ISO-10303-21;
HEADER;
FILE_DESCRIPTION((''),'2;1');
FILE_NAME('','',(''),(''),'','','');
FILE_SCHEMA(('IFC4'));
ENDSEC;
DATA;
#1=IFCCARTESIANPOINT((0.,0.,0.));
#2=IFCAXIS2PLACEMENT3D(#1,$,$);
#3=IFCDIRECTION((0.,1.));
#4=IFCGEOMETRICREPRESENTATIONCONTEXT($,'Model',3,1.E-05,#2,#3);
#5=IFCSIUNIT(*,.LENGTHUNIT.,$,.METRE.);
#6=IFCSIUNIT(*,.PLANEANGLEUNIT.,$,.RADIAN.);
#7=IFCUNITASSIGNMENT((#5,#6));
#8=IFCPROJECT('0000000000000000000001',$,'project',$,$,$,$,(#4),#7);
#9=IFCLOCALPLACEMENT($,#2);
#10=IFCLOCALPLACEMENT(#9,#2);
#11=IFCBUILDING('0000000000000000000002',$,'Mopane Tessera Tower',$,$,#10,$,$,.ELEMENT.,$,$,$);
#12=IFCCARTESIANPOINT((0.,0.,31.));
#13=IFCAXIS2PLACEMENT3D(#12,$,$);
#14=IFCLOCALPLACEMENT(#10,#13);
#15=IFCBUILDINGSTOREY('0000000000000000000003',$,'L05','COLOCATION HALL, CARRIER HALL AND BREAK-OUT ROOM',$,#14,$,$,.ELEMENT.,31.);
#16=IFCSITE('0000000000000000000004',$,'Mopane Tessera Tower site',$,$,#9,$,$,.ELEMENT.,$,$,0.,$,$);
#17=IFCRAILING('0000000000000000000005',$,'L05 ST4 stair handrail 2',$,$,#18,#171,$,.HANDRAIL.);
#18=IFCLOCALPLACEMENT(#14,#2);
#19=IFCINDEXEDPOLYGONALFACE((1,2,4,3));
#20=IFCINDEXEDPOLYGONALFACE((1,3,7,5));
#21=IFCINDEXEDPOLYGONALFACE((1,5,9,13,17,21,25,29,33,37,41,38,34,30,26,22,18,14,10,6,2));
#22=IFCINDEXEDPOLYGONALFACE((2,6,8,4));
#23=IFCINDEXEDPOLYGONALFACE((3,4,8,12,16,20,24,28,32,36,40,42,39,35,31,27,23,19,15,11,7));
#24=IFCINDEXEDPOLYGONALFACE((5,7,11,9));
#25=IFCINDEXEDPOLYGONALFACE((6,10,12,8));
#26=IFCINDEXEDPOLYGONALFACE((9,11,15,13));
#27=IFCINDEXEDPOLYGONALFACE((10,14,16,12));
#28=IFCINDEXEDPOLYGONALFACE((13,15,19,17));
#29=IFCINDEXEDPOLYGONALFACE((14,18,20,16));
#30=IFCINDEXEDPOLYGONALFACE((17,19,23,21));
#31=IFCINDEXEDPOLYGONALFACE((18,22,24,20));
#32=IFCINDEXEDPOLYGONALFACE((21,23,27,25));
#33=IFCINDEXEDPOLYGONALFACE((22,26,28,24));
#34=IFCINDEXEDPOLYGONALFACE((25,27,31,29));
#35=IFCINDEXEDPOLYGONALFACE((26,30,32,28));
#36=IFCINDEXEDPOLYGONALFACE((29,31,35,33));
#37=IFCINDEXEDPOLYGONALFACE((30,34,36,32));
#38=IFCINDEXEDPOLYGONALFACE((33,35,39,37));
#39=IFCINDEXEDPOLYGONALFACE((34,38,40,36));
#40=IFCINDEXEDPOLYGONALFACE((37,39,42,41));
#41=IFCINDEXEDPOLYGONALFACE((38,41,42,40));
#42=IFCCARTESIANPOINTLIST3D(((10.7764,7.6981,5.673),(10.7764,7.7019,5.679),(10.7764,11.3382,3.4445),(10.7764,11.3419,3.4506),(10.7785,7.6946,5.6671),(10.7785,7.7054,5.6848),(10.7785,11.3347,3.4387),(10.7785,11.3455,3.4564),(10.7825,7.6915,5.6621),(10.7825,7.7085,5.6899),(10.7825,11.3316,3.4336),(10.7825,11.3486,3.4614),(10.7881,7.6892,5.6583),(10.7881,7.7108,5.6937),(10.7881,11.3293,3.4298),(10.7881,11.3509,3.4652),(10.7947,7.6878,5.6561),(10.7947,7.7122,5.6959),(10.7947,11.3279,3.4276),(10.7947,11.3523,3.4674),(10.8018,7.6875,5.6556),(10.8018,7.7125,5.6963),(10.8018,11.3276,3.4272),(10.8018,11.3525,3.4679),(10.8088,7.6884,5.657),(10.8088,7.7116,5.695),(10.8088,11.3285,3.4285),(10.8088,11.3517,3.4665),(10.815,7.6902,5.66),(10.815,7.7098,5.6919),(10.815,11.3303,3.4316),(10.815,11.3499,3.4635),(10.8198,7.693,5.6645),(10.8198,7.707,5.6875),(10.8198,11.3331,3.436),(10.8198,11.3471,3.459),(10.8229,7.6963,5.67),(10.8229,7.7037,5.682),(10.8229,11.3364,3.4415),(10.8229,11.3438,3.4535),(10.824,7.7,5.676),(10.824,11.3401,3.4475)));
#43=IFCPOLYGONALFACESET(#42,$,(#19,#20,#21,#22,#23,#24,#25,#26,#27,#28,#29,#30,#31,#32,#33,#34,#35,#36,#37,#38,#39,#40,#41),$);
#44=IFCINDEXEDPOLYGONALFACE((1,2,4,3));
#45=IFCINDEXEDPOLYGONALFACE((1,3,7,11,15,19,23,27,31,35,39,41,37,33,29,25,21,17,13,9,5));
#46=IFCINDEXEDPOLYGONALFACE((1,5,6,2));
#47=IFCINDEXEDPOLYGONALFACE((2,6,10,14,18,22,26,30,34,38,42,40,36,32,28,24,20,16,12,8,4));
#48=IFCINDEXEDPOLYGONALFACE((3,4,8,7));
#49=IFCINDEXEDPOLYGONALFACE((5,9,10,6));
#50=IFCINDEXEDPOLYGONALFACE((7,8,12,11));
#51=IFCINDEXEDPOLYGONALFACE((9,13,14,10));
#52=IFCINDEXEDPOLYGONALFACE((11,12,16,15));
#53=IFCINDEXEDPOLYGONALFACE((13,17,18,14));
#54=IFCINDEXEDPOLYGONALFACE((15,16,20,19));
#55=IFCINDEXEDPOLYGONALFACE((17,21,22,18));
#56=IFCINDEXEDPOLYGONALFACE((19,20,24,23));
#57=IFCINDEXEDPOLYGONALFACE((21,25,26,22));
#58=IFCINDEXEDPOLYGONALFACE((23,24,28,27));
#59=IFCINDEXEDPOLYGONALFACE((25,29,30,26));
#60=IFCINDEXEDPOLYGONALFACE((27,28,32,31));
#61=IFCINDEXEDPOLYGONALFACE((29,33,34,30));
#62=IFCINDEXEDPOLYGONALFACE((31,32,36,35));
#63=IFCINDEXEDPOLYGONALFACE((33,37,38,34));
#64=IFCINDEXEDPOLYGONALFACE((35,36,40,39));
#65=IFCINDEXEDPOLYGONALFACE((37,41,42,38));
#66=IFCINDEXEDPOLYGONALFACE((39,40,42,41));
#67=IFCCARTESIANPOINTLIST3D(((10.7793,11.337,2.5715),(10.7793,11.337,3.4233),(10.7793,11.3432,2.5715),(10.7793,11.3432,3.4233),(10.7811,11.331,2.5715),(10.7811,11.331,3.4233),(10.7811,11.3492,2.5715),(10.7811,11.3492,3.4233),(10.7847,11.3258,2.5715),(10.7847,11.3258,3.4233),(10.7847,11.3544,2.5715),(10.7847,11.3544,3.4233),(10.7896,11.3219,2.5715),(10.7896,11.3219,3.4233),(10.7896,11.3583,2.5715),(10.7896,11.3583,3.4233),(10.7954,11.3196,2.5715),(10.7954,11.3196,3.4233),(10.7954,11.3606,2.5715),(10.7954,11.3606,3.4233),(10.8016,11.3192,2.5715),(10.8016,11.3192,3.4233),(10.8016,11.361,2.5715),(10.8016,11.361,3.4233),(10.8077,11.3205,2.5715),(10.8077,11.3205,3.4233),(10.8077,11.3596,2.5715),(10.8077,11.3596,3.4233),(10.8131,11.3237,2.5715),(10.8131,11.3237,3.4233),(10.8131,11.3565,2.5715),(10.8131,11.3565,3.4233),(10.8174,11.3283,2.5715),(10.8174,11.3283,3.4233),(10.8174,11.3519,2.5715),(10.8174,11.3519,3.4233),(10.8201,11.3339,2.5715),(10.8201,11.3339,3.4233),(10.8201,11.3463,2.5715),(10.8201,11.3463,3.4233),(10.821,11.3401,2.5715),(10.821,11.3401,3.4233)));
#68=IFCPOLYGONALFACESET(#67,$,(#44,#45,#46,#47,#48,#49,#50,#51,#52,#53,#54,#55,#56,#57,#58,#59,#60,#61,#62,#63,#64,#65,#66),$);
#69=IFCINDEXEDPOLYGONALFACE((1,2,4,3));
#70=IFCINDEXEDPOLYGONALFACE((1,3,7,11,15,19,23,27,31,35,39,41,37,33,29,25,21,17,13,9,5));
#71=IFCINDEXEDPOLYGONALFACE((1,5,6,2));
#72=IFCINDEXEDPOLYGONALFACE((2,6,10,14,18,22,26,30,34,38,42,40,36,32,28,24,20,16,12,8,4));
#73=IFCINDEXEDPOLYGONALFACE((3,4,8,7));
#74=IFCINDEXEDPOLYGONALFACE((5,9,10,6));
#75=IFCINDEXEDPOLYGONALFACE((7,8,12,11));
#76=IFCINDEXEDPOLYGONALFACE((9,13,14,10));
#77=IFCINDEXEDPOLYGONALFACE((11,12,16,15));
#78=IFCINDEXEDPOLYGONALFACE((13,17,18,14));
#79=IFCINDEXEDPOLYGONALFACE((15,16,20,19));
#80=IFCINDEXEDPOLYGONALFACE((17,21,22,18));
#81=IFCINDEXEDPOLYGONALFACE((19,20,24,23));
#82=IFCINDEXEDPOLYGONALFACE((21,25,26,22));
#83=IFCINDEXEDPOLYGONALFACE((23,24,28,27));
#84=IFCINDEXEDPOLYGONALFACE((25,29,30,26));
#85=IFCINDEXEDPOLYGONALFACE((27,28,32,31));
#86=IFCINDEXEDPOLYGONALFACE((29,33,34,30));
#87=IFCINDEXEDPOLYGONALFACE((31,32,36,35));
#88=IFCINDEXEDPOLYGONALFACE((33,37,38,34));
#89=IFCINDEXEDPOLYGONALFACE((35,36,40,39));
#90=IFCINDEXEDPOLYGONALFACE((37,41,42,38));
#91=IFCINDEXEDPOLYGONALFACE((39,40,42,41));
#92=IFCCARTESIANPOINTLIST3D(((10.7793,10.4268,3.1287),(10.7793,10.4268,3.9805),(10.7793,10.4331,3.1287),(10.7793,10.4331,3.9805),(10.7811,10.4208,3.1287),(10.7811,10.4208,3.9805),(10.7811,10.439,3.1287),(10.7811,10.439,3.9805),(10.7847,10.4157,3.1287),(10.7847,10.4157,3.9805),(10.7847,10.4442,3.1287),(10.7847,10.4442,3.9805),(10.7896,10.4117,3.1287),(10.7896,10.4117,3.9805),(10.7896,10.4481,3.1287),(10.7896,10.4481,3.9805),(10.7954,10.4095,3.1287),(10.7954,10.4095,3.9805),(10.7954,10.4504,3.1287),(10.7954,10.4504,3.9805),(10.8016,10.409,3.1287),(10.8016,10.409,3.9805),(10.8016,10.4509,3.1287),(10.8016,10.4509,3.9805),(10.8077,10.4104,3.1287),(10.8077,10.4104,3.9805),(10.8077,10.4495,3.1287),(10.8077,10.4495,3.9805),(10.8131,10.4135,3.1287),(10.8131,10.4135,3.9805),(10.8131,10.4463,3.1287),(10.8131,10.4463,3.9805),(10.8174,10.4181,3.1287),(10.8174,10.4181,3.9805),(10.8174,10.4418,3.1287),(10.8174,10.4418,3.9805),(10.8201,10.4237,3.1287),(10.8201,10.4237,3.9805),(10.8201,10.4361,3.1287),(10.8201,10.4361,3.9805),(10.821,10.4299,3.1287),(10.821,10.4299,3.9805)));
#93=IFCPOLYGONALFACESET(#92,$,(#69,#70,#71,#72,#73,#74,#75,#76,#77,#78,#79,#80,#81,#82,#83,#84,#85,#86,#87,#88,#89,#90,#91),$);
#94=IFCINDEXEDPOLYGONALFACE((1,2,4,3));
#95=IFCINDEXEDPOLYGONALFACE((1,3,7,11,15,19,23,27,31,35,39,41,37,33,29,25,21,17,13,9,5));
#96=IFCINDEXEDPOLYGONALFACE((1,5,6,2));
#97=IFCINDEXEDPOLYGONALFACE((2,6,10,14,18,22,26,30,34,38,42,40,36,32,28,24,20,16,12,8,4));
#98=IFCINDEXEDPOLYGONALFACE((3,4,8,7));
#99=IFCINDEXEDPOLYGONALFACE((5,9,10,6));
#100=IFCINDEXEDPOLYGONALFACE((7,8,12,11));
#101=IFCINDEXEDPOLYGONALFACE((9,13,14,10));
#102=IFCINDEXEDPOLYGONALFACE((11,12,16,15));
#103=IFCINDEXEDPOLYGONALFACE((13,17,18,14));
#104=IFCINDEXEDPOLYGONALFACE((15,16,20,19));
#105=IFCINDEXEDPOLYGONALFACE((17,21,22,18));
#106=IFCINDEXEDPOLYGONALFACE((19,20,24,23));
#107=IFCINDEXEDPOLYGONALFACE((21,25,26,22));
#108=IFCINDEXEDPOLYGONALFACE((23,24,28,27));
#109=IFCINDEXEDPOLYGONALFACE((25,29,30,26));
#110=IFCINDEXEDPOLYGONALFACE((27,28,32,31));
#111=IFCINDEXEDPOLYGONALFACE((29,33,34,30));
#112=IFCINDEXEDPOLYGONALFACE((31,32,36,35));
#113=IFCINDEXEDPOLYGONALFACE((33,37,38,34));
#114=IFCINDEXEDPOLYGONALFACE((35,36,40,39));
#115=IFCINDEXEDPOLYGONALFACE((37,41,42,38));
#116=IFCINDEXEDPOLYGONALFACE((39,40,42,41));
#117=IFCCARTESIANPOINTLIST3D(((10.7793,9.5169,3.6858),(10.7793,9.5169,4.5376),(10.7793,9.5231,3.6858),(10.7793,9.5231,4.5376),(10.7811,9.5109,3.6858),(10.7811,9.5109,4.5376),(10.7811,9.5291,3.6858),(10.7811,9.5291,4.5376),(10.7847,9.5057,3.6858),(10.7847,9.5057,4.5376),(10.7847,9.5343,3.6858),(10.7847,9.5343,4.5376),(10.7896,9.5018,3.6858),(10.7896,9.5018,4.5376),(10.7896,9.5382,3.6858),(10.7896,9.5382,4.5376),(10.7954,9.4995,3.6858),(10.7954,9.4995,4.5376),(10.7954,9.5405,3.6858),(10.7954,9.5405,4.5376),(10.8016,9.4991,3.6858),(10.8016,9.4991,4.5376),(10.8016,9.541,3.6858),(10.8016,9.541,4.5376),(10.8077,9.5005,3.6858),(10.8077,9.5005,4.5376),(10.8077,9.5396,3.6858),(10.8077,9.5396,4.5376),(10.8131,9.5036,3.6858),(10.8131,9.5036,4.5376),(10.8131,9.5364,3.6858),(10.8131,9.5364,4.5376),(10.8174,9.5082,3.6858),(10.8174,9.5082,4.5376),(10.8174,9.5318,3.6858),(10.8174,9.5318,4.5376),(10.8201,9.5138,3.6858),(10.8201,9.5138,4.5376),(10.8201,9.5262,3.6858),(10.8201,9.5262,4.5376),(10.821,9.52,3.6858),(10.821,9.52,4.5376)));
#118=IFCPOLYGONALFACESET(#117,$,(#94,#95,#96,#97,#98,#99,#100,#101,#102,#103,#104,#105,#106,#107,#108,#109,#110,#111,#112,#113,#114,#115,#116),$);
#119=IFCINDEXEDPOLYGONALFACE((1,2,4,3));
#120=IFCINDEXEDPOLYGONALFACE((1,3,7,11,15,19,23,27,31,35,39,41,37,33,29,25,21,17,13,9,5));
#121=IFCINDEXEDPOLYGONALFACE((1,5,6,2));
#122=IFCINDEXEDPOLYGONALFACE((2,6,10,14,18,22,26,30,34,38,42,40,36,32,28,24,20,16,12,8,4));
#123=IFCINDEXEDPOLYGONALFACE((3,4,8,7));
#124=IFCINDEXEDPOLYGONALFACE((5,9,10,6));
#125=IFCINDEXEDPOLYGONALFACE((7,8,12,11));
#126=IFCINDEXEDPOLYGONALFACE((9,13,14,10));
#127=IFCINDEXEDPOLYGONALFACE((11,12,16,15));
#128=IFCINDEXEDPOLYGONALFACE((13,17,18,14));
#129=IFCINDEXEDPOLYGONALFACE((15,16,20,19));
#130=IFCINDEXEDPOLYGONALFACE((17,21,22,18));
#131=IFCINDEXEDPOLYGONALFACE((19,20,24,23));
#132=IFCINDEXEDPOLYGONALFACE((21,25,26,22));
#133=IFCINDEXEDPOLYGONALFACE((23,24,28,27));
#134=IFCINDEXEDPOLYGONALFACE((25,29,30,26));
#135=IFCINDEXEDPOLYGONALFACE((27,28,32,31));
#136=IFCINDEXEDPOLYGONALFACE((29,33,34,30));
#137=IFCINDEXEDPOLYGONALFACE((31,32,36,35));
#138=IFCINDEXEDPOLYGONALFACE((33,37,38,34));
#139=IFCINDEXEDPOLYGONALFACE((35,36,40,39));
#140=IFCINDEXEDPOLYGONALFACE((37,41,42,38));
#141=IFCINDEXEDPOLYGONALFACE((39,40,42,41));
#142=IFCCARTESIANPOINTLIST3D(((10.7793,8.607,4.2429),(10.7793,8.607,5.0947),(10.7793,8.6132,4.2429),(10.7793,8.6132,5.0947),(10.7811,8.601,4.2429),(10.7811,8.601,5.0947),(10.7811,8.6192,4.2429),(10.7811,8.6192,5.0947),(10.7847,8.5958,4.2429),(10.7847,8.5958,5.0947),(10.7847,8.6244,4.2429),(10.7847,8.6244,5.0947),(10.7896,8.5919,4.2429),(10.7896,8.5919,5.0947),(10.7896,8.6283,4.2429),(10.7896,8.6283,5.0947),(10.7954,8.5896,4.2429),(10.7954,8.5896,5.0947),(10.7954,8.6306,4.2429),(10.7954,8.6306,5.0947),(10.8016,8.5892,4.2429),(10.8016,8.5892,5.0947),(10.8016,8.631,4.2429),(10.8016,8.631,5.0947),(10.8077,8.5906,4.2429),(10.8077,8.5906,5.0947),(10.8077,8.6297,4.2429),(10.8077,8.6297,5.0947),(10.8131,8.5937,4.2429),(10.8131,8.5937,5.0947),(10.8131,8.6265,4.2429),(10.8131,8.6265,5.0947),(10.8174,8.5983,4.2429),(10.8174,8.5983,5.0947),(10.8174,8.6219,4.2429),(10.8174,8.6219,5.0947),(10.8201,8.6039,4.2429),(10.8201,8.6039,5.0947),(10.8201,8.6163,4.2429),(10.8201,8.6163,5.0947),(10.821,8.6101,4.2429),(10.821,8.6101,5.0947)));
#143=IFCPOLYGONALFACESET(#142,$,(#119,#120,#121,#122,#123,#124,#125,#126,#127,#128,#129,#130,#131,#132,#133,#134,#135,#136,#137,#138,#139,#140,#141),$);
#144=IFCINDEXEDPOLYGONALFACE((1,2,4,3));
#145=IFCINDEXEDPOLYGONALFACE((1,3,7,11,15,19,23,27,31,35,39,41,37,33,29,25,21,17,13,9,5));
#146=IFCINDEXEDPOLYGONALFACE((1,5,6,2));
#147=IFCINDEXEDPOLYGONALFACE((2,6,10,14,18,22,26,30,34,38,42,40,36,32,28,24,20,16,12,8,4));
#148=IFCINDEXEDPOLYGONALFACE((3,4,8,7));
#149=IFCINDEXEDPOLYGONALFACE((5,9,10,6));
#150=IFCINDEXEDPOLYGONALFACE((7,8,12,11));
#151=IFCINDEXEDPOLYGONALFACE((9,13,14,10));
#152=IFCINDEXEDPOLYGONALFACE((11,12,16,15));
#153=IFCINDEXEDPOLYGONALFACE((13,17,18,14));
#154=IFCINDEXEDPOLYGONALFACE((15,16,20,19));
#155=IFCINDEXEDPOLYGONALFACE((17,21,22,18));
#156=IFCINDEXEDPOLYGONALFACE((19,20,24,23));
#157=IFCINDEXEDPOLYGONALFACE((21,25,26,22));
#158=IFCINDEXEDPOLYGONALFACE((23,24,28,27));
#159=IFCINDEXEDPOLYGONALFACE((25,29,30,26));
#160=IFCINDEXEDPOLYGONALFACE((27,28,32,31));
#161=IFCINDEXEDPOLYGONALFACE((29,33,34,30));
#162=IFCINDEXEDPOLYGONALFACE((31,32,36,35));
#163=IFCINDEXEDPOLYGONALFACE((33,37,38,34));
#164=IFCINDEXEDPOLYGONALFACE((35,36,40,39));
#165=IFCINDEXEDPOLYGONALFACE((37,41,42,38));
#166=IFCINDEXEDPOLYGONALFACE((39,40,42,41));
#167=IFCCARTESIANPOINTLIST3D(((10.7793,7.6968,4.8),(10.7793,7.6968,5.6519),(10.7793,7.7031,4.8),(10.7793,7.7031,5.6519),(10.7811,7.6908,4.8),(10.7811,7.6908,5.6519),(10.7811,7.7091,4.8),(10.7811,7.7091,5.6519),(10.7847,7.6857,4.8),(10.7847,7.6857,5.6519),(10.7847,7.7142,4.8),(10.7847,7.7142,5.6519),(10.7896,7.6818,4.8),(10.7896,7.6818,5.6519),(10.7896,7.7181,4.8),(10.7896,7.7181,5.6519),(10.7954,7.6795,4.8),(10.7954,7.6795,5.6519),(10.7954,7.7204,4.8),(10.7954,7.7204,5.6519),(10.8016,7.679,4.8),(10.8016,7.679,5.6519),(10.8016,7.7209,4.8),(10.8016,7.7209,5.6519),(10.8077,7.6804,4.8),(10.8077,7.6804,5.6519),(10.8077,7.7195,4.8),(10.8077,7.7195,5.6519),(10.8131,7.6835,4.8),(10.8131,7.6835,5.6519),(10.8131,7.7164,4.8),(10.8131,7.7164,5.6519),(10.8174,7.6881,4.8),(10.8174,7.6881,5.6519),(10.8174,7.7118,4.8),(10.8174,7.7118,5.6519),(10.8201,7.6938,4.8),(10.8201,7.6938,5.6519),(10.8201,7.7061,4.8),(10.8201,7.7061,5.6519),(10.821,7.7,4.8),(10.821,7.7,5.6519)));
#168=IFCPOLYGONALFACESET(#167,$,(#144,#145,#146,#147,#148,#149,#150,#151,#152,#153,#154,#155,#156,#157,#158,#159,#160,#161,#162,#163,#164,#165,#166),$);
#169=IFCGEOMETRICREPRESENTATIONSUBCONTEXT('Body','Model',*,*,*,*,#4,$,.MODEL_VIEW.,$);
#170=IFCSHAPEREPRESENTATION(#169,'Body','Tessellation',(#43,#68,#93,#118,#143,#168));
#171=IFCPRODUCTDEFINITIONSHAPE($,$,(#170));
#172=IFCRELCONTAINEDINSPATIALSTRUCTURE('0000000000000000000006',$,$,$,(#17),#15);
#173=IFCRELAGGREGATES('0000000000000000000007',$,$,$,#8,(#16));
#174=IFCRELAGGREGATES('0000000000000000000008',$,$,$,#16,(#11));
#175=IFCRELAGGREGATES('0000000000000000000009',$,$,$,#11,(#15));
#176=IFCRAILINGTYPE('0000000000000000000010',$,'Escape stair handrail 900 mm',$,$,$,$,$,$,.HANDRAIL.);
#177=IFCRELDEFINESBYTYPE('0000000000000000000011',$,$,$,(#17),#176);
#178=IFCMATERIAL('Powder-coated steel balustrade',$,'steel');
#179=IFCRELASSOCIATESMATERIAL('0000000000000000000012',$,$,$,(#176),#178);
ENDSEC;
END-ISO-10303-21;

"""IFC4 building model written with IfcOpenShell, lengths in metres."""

from ifc_helpers import new_model, si_unit, direction, frame, origin, origin_2d, place, context, subcontext, project, spatial, circle, extrude, material, type_object, element, save


model = new_model("IFC4")

# Units and contexts
model_context = context("Model", 3, precision=1e-05, world=origin(), true_north=direction((0.0, 1.0)))
body_context = subcontext(model_context, "Body", "Model", "MODEL_VIEW")
ifc_project = project(units=[si_unit("LENGTHUNIT", "METRE"), si_unit("PLANEANGLEUNIT", "RADIAN")], contexts=[model_context])

# Site, building, storey
site_placement = place(None, origin())
site = spatial("IfcSite", under=ifc_project, at=site_placement, Name="Mopane Tessera Tower site", CompositionType="ELEMENT", RefElevation=0.0)
building_placement = place(site_placement, origin())
building = spatial("IfcBuilding", under=site, at=building_placement, Name="Mopane Tessera Tower", CompositionType="ELEMENT")
storey_placement = place(building_placement, frame((0.0, 0.0, 31.0)))
storey = spatial("IfcBuildingStorey", under=building, at=storey_placement, Name="L05", Description="COLOCATION HALL, CARRIER HALL AND BREAK-OUT ROOM", CompositionType="ELEMENT", Elevation=31.0)

# Railing
ifc_material_1 = material(Name="Powder-coated steel balustrade", Category="steel")
railing_type_1 = type_object("IfcRailingType", Name="Escape stair handrail 900 mm", PredefinedType="HANDRAIL", material=ifc_material_1)
railing_1_placement = place(storey_placement, frame((10.8, 11.3401, 2.5715)))
element("IfcRailing", 1, at=railing_1_placement, inside=storey, type_object=railing_type_1, Name="L05 ST4 stair handrail 2", PredefinedType="HANDRAIL", context=body_context, shape_type="SweptSolid", body=[
    extrude(circle(Radius=0.0239, at=origin_2d()), frame((0.0, 0.0, 0.876), z_axis=(0.0, -0.852866, 0.52213), x_axis=(1.0, 0.0, 0.0)), (0.0, 0.0, 1.0), 4.2681),
    extrude(circle(Radius=0.021, at=origin_2d()), origin(), (0.0, 0.0, 1.0), 0.8518),
    extrude(circle(Radius=0.021, at=origin_2d()), frame((0.0, -0.9102, 0.5571)), (0.0, 0.0, 1.0), 0.8518),
    extrude(circle(Radius=0.021, at=origin_2d()), frame((0.0, -1.8201, 1.1143)), (0.0, 0.0, 1.0), 0.8518),
    extrude(circle(Radius=0.021, at=origin_2d()), frame((0.0, -2.73, 1.6714)), (0.0, 0.0, 1.0), 0.8518),
    extrude(circle(Radius=0.021, at=origin_2d()), frame((0.0, -3.6401, 2.2285)), (0.0, 0.0, 1.0), 0.8518),
])

save(model, "model.ifc")
